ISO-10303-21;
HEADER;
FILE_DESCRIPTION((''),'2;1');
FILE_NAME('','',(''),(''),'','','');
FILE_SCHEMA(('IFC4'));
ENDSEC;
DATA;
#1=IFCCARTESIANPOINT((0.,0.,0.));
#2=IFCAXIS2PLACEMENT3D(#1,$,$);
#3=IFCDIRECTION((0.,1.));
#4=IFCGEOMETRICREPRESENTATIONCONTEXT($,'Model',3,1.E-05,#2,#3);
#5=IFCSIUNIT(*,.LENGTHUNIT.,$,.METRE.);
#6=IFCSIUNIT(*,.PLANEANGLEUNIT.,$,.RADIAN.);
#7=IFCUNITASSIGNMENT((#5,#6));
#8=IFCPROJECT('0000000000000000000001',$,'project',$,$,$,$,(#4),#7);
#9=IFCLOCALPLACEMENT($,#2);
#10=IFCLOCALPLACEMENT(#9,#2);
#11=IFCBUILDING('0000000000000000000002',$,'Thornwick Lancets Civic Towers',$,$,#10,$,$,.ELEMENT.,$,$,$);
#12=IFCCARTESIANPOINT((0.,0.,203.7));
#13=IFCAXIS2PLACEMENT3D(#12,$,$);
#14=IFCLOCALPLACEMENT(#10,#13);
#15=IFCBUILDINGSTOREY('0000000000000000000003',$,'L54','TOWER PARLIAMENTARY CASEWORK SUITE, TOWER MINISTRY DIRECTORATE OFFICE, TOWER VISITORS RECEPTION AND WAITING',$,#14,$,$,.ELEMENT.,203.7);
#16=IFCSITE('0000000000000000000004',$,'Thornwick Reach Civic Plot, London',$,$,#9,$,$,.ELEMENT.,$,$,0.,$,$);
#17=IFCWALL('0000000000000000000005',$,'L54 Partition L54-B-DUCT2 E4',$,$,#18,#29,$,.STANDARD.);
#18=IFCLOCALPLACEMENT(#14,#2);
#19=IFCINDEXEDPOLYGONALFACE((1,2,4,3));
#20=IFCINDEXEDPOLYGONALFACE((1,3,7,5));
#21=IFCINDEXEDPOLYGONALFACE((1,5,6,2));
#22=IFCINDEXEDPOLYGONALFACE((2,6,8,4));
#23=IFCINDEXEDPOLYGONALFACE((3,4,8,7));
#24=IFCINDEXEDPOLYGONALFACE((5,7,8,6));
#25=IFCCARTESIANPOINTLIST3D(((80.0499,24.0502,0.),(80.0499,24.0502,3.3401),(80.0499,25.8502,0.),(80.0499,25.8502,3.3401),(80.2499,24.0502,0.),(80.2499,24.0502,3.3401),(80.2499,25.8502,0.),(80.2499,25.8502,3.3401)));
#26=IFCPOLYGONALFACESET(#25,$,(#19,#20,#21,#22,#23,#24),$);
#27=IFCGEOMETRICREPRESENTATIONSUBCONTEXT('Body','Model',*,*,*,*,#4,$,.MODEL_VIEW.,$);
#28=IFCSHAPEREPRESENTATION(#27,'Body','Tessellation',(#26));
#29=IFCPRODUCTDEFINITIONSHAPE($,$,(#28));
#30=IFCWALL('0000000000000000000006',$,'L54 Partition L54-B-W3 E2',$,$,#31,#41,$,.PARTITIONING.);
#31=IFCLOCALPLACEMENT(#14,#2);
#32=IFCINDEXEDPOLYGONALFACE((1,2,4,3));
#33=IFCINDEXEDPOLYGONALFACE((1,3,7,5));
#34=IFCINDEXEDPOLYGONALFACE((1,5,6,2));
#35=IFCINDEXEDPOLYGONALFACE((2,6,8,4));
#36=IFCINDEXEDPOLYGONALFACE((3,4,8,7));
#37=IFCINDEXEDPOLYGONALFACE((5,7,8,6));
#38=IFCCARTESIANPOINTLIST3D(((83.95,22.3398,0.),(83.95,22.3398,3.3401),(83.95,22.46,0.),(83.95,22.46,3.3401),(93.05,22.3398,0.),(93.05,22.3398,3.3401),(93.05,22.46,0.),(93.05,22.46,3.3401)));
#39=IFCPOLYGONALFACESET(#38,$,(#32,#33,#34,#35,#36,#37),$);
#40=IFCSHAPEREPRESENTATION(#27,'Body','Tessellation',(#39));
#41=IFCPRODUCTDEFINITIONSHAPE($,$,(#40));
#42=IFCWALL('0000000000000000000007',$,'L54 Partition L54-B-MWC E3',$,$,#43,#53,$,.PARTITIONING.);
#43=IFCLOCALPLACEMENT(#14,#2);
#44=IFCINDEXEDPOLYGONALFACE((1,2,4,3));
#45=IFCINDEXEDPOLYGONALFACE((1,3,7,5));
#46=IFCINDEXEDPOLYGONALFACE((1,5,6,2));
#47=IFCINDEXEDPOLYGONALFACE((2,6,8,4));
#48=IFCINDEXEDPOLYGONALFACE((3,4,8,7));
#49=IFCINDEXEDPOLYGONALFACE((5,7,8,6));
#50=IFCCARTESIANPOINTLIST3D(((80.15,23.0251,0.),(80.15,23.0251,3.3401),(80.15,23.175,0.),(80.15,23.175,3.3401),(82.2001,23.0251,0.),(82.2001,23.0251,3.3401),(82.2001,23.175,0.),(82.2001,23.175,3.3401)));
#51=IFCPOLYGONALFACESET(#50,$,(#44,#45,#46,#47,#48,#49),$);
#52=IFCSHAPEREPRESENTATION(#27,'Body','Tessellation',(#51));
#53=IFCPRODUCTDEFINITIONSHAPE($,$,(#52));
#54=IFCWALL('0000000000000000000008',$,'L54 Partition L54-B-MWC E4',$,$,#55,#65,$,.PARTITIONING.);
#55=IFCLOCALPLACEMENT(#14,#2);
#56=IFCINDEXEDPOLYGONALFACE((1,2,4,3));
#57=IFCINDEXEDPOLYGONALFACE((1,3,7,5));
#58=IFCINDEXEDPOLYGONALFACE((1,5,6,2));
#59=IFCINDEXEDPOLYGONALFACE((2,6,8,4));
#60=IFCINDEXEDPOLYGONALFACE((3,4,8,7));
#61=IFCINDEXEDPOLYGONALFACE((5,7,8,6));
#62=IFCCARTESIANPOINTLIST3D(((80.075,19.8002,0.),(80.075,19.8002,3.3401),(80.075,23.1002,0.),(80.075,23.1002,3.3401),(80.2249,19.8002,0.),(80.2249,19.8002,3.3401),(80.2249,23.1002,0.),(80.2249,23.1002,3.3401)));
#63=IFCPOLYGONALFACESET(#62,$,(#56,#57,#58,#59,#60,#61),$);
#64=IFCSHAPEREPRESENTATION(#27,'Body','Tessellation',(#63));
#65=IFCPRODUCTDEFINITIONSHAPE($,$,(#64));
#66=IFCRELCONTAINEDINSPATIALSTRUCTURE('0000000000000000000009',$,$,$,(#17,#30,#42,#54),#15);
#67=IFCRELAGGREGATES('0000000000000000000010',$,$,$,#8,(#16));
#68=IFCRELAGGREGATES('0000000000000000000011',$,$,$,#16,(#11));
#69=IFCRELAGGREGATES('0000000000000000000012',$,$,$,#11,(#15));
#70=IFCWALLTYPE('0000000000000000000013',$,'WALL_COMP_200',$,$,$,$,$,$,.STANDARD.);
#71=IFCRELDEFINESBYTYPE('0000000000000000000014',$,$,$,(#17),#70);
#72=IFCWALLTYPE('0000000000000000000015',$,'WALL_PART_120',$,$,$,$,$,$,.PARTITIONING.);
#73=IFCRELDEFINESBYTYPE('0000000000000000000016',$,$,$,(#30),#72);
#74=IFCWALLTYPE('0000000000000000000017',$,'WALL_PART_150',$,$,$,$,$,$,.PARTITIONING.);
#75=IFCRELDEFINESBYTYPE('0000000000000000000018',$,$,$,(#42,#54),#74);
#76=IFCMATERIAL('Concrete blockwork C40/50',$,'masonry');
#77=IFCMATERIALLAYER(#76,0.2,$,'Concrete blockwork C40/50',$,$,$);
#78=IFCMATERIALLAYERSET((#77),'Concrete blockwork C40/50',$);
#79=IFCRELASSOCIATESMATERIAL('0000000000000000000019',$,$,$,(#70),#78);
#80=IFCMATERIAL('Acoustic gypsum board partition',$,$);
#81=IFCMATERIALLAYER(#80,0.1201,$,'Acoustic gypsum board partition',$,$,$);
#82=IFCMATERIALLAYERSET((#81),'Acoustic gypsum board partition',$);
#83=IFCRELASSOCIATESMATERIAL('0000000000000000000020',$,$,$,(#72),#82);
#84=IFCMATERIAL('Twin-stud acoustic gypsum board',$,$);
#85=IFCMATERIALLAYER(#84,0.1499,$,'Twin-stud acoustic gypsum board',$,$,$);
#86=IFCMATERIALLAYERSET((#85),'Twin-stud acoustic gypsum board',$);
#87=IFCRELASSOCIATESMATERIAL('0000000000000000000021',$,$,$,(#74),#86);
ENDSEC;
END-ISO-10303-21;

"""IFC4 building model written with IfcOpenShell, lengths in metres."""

from ifc_helpers import new_model, si_unit, direction, frame, frame_2d, origin, place, context, subcontext, project, spatial, rectangle, extrude, material, layer, layer_set, type_object, element, save


model = new_model("IFC4")

# Units and contexts
model_context = context("Model", 3, precision=1e-05, world=origin(), true_north=direction((0.0, 1.0)))
body_context = subcontext(model_context, "Body", "Model", "MODEL_VIEW")
ifc_project = project(units=[si_unit("LENGTHUNIT", "METRE"), si_unit("PLANEANGLEUNIT", "RADIAN")], contexts=[model_context])

# Site, building, storey
site_placement = place(None, origin())
site = spatial("IfcSite", under=ifc_project, at=site_placement, Name="Thornwick Reach Civic Plot, London", CompositionType="ELEMENT", RefElevation=0.0)
building_placement = place(site_placement, origin())
building = spatial("IfcBuilding", under=site, at=building_placement, Name="Thornwick Lancets Civic Towers", CompositionType="ELEMENT")
storey_placement = place(building_placement, frame((0.0, 0.0, 203.7)))
storey = spatial("IfcBuildingStorey", under=building, at=storey_placement, Name="L54", Description="TOWER PARLIAMENTARY CASEWORK SUITE, TOWER MINISTRY DIRECTORATE OFFICE, TOWER VISITORS RECEPTION AND WAITING", CompositionType="ELEMENT", Elevation=203.7)

# Shared definitions
ifc_material_1 = material(Name="Concrete blockwork C40/50", Category="masonry")
ifc_layer_1 = layer(ifc_material_1, 0.2, Name="Concrete blockwork C40/50")
ifc_layer_set_1 = layer_set([ifc_layer_1], Name="Concrete blockwork C40/50")
wall_type_1 = type_object("IfcWallType", Name="WALL_COMP_200", PredefinedType="STANDARD", material=ifc_layer_set_1)

# Walls
wall_1_placement = place(storey_placement, frame((80.1499, 25.8501, 0.0), z_axis=(0.0, 0.0, 1.0), x_axis=(0.0, -1.0, 0.0)))
element("IfcWall", 1, at=wall_1_placement, inside=storey, type_object=wall_type_1, Name="L54 Partition L54-B-DUCT2 E4", PredefinedType="STANDARD", context=body_context, shape_type="SweptSolid", body=[
    extrude(rectangle(XDim=1.8, YDim=0.2, at=frame_2d((0.8999, 0.0))), origin(), (0.0, 0.0, 1.0), 3.3401),
])
ifc_material_2 = material(Name="Acoustic gypsum board partition")
ifc_layer_2 = layer(ifc_material_2, 0.1201, Name="Acoustic gypsum board partition")
ifc_layer_set_2 = layer_set([ifc_layer_2], Name="Acoustic gypsum board partition")
wall_type_2 = type_object("IfcWallType", Name="WALL_PART_120", PredefinedType="PARTITIONING", material=ifc_layer_set_2)
wall_2_placement = place(storey_placement, frame((83.95, 22.3999, 0.0), z_axis=(0.0, 0.0, 1.0), x_axis=(1.0, 0.0, 0.0)))
element("IfcWall", 2, at=wall_2_placement, inside=storey, type_object=wall_type_2, Name="L54 Partition L54-B-W3 E2", PredefinedType="PARTITIONING", context=body_context, shape_type="SweptSolid", body=[
    extrude(rectangle(XDim=9.1001, YDim=0.1201, at=frame_2d((4.55, 0.0))), origin(), (0.0, 0.0, 1.0), 3.3401),
])
ifc_material_3 = material(Name="Twin-stud acoustic gypsum board")
ifc_layer_3 = layer(ifc_material_3, 0.1499, Name="Twin-stud acoustic gypsum board")
ifc_layer_set_3 = layer_set([ifc_layer_3], Name="Twin-stud acoustic gypsum board")
wall_type_3 = type_object("IfcWallType", Name="WALL_PART_150", PredefinedType="PARTITIONING", material=ifc_layer_set_3)
wall_3_placement = place(storey_placement, frame((82.2, 23.1001, 0.0), z_axis=(0.0, 0.0, 1.0), x_axis=(-1.0, 0.0, 0.0)))
element("IfcWall", 3, at=wall_3_placement, inside=storey, type_object=wall_type_3, Name="L54 Partition L54-B-MWC E3", PredefinedType="PARTITIONING", context=body_context, shape_type="SweptSolid", body=[
    extrude(rectangle(XDim=2.05, YDim=0.1499, at=frame_2d((1.0249, 0.0))), origin(), (0.0, 0.0, 1.0), 3.3401),
])
wall_4_placement = place(storey_placement, frame((80.1499, 23.1001, 0.0), z_axis=(0.0, 0.0, 1.0), x_axis=(0.0, -1.0, 0.0)))
element("IfcWall", 4, at=wall_4_placement, inside=storey, type_object=wall_type_3, Name="L54 Partition L54-B-MWC E4", PredefinedType="PARTITIONING", context=body_context, shape_type="SweptSolid", body=[
    extrude(rectangle(XDim=3.3, YDim=0.1499, at=frame_2d((1.6499, 0.0))), origin(), (0.0, 0.0, 1.0), 3.3401),
])

save(model, "model.ifc")
